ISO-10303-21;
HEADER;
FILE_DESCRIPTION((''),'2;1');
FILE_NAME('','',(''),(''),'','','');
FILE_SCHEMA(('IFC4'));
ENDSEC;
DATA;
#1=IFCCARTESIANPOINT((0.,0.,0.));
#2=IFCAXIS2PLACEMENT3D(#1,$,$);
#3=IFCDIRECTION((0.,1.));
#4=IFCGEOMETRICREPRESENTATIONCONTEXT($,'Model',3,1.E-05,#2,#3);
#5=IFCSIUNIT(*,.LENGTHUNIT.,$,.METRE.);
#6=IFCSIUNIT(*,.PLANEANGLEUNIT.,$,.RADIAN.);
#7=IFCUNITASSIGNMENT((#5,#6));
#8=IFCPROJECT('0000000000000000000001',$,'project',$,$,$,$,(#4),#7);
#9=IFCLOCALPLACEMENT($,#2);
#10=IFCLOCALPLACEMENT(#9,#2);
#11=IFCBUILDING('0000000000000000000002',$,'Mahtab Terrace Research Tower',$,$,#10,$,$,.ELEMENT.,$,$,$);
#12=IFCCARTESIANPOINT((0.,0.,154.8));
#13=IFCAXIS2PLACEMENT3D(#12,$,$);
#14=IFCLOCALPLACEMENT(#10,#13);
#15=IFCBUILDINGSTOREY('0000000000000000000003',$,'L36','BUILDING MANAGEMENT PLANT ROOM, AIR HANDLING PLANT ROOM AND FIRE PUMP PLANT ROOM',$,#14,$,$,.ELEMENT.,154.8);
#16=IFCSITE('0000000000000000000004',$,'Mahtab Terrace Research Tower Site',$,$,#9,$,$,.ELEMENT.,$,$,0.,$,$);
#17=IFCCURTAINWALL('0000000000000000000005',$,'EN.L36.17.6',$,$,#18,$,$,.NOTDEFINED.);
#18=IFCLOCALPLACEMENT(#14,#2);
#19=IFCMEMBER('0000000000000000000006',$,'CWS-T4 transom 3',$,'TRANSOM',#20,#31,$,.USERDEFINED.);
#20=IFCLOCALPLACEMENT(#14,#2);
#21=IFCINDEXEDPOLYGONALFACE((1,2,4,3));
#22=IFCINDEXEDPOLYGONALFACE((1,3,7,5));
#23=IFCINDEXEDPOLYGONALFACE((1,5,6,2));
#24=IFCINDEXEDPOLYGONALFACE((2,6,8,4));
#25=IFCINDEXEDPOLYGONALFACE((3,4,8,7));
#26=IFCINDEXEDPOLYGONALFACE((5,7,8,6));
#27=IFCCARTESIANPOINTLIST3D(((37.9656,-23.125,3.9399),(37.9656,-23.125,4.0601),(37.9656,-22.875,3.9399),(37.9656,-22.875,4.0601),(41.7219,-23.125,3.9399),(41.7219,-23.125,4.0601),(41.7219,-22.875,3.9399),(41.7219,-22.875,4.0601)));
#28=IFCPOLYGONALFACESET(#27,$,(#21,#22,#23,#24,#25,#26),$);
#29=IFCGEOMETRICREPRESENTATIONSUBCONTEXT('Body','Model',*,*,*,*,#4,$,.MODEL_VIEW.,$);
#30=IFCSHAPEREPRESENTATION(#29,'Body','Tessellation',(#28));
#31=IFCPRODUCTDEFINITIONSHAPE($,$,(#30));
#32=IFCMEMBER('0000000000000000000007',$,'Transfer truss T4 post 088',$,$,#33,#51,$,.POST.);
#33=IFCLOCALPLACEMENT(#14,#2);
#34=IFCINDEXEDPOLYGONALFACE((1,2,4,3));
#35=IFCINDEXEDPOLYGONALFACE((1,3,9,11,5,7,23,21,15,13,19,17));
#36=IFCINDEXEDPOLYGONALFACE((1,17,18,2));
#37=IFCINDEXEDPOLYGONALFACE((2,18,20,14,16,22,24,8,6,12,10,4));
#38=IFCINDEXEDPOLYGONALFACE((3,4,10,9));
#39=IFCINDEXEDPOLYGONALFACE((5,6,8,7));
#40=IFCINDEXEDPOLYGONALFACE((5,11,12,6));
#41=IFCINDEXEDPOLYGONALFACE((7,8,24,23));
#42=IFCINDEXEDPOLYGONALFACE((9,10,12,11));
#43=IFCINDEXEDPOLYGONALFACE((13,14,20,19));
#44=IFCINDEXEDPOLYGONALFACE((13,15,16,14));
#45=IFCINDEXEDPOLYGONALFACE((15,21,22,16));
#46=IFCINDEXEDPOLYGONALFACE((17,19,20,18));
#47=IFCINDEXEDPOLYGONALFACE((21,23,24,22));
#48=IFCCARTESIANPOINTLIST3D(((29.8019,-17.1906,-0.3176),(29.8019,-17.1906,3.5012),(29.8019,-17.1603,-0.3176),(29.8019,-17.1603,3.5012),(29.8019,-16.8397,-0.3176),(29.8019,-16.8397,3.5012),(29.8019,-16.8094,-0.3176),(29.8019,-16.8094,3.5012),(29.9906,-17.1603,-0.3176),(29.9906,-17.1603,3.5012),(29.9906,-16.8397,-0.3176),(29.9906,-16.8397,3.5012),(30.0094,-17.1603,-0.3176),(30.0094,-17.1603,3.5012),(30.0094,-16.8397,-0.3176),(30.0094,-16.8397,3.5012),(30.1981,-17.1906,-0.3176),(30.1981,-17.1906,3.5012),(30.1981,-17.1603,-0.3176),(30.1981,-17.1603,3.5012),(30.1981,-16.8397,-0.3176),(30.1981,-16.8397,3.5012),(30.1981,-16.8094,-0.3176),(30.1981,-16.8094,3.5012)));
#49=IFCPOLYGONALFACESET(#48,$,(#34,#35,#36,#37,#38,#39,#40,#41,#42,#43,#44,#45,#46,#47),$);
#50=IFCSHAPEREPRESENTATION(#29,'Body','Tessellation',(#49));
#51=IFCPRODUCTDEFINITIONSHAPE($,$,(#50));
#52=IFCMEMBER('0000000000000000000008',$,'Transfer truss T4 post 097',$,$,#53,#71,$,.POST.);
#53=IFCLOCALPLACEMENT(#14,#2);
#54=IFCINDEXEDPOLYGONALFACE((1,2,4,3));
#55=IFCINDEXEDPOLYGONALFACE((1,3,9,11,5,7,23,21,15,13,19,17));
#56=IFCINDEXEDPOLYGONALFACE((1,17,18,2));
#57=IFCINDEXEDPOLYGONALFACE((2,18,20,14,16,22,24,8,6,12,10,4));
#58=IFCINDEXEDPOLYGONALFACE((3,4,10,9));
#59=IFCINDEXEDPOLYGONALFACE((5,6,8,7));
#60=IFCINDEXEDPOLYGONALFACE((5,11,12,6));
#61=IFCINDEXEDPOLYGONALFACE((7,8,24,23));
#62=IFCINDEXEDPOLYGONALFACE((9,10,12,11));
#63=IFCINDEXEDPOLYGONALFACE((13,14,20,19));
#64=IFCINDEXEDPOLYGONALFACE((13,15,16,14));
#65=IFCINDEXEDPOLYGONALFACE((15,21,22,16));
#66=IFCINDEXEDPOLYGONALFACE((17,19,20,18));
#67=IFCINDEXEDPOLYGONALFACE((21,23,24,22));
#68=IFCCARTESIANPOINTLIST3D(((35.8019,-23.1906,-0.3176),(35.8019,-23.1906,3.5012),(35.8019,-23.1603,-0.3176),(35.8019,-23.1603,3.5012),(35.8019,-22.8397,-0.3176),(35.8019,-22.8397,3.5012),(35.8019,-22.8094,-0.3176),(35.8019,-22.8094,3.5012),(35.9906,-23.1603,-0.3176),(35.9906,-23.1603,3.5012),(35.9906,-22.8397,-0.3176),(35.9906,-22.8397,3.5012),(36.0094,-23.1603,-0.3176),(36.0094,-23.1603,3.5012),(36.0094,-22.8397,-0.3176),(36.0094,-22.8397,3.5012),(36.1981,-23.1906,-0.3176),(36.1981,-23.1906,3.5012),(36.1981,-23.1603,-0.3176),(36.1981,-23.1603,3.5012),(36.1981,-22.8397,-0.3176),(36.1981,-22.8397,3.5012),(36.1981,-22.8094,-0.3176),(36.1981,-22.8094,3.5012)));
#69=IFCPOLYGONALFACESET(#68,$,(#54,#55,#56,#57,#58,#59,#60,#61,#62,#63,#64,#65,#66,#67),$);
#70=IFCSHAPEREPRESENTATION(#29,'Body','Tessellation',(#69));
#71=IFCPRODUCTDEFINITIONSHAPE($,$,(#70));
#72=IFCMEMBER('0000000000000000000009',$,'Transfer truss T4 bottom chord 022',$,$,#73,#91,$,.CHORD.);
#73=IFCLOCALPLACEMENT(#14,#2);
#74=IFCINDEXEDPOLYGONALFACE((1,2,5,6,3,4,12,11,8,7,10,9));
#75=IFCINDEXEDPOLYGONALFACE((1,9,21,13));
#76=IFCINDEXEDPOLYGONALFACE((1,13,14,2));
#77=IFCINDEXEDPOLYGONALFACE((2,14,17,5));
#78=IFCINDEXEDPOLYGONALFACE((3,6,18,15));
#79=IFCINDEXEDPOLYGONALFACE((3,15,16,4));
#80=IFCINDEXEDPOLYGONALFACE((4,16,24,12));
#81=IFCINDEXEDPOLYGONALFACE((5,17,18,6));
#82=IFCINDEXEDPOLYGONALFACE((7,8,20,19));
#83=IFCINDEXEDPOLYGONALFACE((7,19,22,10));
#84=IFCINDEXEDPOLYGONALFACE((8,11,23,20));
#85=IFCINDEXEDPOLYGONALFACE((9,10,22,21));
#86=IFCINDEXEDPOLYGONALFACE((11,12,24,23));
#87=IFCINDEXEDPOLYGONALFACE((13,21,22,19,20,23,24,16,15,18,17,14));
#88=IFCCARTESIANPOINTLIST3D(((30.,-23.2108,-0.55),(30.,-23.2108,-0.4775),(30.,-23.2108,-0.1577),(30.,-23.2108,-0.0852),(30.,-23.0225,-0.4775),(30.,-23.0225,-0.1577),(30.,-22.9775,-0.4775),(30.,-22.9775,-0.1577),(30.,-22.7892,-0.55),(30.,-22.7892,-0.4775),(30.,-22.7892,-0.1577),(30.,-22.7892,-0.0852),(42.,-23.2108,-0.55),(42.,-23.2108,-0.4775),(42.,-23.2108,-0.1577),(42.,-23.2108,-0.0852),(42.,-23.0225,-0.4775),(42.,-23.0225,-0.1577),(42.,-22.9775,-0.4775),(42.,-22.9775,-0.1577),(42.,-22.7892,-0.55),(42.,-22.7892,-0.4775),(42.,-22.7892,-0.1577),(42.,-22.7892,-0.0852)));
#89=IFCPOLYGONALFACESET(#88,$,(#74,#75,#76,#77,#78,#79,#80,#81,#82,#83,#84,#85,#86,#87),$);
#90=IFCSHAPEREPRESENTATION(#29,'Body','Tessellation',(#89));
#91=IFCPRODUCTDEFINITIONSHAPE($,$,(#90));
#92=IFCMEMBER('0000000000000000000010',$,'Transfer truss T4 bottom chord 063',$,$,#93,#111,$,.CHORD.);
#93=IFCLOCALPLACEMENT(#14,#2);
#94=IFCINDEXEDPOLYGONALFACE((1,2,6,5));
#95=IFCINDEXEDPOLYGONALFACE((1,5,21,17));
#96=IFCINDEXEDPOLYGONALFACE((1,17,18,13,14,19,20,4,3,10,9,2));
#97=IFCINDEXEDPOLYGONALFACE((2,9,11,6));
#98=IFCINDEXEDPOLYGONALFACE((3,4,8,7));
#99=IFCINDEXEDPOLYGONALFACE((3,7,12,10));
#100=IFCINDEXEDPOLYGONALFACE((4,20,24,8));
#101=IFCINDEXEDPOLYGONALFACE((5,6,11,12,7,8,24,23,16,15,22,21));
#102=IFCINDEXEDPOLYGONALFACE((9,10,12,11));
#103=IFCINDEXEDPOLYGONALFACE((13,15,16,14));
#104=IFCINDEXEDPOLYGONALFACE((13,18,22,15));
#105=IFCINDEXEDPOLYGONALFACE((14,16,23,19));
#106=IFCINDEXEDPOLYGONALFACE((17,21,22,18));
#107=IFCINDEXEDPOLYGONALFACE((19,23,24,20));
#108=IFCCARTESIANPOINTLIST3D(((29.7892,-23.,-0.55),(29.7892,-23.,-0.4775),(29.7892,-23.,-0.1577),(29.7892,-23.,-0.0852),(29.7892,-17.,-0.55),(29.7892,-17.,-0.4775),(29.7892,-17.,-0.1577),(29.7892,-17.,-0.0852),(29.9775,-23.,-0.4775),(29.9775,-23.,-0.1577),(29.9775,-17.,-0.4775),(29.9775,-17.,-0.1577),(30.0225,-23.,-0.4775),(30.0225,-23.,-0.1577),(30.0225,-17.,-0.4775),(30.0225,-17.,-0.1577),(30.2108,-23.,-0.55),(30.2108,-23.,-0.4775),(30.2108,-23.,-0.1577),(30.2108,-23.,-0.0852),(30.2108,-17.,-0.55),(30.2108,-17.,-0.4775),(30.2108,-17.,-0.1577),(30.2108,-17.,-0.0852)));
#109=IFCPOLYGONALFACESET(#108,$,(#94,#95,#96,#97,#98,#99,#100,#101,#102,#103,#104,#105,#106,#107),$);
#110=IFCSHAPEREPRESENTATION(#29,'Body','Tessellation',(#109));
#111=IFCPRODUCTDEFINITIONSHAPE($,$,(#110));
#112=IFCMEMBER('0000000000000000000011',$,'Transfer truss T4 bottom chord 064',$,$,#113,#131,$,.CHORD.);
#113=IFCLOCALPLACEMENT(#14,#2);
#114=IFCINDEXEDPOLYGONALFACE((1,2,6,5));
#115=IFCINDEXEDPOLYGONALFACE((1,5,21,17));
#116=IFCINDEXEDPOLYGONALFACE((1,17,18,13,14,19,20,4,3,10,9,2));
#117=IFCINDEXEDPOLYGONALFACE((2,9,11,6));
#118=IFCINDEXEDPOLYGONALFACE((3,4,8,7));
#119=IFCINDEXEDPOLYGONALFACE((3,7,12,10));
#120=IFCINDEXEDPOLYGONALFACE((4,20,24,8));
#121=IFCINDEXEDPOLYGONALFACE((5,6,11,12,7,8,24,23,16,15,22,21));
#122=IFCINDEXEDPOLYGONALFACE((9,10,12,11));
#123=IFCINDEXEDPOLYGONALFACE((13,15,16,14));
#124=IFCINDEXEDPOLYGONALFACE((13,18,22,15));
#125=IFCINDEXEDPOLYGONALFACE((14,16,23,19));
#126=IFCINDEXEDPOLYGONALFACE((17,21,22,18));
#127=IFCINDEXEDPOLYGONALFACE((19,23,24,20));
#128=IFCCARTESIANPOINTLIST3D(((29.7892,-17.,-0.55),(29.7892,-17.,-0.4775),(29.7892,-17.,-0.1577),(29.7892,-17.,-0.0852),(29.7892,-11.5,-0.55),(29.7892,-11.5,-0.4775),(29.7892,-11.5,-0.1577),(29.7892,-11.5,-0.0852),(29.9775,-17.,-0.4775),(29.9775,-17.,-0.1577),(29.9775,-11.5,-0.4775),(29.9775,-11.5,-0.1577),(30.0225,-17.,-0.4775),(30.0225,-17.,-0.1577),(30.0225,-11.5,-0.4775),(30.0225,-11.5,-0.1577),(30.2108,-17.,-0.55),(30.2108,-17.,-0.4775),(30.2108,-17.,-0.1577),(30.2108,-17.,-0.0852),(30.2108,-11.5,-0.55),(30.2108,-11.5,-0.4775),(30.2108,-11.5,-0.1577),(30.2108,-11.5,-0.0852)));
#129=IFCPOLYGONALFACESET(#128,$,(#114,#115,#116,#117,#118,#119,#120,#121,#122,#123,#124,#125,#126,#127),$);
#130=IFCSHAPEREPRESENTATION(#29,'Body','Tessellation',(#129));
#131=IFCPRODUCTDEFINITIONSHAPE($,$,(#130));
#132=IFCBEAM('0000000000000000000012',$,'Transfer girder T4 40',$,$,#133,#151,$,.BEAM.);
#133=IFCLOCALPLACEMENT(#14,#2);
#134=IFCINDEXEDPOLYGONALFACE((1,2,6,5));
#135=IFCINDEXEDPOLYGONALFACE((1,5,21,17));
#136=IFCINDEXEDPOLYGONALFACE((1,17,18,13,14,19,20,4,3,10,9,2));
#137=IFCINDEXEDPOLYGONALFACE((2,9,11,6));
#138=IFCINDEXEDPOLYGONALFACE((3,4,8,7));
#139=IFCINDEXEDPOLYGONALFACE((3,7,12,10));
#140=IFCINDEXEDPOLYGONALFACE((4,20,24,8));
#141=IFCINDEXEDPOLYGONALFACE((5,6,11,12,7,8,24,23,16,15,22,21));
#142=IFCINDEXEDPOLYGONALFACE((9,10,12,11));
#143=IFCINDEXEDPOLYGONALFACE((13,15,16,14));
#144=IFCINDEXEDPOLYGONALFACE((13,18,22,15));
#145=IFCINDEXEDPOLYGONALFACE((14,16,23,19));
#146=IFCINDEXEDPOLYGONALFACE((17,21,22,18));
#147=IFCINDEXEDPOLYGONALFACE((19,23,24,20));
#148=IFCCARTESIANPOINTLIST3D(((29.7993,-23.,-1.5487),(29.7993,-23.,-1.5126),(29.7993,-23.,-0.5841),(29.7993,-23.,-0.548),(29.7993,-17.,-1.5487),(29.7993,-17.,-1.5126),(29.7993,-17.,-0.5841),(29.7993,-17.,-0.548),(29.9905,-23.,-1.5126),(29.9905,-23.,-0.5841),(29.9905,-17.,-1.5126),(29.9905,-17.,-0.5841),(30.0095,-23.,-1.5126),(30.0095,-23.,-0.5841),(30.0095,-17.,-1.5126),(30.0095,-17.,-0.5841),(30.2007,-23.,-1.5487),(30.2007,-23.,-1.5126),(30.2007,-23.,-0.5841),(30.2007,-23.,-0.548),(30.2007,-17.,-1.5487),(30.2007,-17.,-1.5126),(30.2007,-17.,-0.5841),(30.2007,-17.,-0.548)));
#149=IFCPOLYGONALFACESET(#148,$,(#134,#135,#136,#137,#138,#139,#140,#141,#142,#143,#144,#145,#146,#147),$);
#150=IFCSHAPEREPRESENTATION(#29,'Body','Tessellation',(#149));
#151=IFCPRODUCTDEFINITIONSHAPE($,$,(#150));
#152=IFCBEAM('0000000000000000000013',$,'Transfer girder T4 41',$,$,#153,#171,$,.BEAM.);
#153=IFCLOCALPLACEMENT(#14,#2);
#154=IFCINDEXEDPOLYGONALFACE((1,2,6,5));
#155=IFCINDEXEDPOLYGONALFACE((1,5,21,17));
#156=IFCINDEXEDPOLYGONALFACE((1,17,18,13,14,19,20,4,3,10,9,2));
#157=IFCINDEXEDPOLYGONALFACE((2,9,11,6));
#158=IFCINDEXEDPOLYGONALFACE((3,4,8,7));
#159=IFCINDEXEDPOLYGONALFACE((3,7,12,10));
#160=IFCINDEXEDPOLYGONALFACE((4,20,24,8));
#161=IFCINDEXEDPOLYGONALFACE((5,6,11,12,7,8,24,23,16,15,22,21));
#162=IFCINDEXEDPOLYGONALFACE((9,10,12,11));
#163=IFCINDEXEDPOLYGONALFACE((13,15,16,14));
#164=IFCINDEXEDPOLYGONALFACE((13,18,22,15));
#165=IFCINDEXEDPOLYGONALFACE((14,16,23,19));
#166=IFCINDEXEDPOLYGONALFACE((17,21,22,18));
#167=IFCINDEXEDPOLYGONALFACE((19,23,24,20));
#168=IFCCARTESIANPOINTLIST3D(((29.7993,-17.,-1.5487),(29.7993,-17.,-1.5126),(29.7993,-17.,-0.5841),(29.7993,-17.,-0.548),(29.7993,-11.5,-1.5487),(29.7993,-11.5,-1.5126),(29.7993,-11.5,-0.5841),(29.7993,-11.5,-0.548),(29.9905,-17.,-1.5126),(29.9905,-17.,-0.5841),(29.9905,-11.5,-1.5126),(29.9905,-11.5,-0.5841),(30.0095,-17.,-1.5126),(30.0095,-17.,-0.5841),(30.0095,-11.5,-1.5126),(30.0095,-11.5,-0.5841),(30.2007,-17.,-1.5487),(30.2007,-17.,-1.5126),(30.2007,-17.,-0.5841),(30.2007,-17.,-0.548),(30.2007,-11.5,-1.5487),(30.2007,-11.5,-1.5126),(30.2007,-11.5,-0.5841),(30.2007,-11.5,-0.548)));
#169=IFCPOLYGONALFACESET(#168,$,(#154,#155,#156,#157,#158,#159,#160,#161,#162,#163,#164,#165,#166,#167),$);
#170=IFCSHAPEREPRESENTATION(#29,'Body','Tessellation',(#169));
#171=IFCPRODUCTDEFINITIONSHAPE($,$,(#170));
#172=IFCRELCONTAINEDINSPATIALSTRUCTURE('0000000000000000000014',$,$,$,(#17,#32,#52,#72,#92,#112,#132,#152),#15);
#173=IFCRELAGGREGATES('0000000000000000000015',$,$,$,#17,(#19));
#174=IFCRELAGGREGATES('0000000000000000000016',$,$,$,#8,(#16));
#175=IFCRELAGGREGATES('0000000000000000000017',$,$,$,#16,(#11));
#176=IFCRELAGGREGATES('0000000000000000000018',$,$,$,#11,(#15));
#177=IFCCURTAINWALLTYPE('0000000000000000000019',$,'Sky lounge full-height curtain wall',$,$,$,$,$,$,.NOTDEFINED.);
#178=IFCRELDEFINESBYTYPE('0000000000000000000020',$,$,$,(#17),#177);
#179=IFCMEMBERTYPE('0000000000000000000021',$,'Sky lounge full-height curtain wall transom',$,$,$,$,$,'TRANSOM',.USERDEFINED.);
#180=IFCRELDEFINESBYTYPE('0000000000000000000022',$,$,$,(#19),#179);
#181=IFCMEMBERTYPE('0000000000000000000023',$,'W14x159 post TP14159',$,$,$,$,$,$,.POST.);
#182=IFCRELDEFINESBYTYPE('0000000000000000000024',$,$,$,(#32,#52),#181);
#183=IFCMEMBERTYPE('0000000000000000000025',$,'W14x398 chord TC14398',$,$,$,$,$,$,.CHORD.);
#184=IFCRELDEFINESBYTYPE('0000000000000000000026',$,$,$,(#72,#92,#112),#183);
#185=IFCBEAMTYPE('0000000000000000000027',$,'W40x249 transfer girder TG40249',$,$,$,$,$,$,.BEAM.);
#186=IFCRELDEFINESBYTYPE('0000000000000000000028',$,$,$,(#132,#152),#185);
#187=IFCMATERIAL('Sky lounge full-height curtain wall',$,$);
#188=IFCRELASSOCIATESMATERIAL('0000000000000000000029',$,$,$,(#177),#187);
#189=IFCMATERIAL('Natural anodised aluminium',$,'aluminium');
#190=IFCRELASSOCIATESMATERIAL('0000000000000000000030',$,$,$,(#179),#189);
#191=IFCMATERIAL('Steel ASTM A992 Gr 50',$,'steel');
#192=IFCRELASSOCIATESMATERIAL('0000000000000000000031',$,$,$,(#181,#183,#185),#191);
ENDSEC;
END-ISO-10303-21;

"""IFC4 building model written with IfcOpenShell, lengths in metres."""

from ifc_helpers import new_model, si_unit, direction, frame, origin, origin_2d, place, context, subcontext, project, spatial, rectangle, i_section, extrude, material, material_profile, profile_set, type_object, element, aggregate, save


model = new_model("IFC4")

# Units and contexts
model_context = context("Model", 3, precision=1e-05, world=origin(), true_north=direction((0.0, 1.0)))
body_context = subcontext(model_context, "Body", "Model", "MODEL_VIEW")
ifc_project = project(units=[si_unit("LENGTHUNIT", "METRE"), si_unit("PLANEANGLEUNIT", "RADIAN")], contexts=[model_context])

# Site, building, storey
site_placement = place(None, origin())
site = spatial("IfcSite", under=ifc_project, at=site_placement, Name="Mahtab Terrace Research Tower Site", CompositionType="ELEMENT", RefElevation=0.0)
building_placement = place(site_placement, origin())
building = spatial("IfcBuilding", under=site, at=building_placement, Name="Mahtab Terrace Research Tower", CompositionType="ELEMENT")
storey_placement = place(building_placement, frame((0.0, 0.0, 154.8)))
storey = spatial("IfcBuildingStorey", under=building, at=storey_placement, Name="L36", Description="BUILDING MANAGEMENT PLANT ROOM, AIR HANDLING PLANT ROOM AND FIRE PUMP PLANT ROOM", CompositionType="ELEMENT", Elevation=154.8)

# Shared definitions
ifc_material_1 = material(Name="Steel ASTM A992 Gr 50", Category="steel")

# Curtain wall, member
ifc_material_2 = material(Name="Sky lounge full-height curtain wall")
curtain_wall_type = type_object("IfcCurtainWallType", Name="Sky lounge full-height curtain wall", PredefinedType="NOTDEFINED", material=ifc_material_2)
curtain_wall_placement = place(storey_placement, origin())
curtain_wall = element("IfcCurtainWall", 1, at=curtain_wall_placement, inside=storey, type_object=curtain_wall_type, Name="EN.L36.17.6", PredefinedType="NOTDEFINED")
ifc_material_3 = material(Name="Natural anodised aluminium", Category="aluminium")
ifc_material_profile_1 = material_profile(ifc_material_3, rectangle(XDim=0.25, YDim=0.1201, at=origin_2d()), Name="TRANSOM 120x250")
ifc_profile_set_1 = profile_set([ifc_material_profile_1], Name="Natural anodised aluminium")
member_type_1 = type_object("IfcMemberType", Name="Sky lounge full-height curtain wall transom", ElementType="TRANSOM", PredefinedType="USERDEFINED", material=ifc_profile_set_1)
member_1_placement = place(storey_placement, frame((37.9656, -23.0, 4.0), z_axis=(1.0, 0.0, 0.0), x_axis=(0.0, 1.0, 0.0)))
member_1 = element("IfcMember", 2, at=member_1_placement, type_object=member_type_1, Name="CWS-T4 transom 3", ObjectType="TRANSOM", PredefinedType="USERDEFINED", context=body_context, shape_type="SweptSolid", body=[
    extrude(rectangle(XDim=0.25, YDim=0.1201, at=origin_2d()), origin(), (0.0, 0.0, 1.0), 3.7563),
])

# Members
ifc_material_profile_2 = material_profile(ifc_material_1, i_section(OverallWidth=0.3962, OverallDepth=0.3811, WebThickness=0.0188, FlangeThickness=0.0303, at=origin_2d()), Name="W14X159")
ifc_profile_set_2 = profile_set([ifc_material_profile_2], Name="Steel ASTM A992 Gr 50")
member_type_2 = type_object("IfcMemberType", Name="W14x159 post TP14159", PredefinedType="POST", material=ifc_profile_set_2)
for number, where, z_axis, x_axis, name in (
    (3, (30.0, -17.0, -0.3176), (0.0, 0.0, 1.0), (1.0, 0.0, 0.0), "Transfer truss T4 post 088"),
    (4, (36.0, -23.0, -0.3176), (0.0, 0.0, 1.0), (1.0, 0.0, 0.0), "Transfer truss T4 post 097"),
):
    element("IfcMember", number, at=place(storey_placement, frame(where, z_axis=z_axis, x_axis=x_axis)), inside=storey, type_object=member_type_2, Name=name, PredefinedType="POST", context=body_context, shape_type="SweptSolid", body=[
        extrude(i_section(OverallWidth=0.3962, OverallDepth=0.3811, WebThickness=0.0188, FlangeThickness=0.0303, at=origin_2d()), origin(), (0.0, 0.0, 1.0), 3.8188),
    ])
ifc_material_profile_3 = material_profile(ifc_material_1, i_section(OverallWidth=0.4216, OverallDepth=0.4648, WebThickness=0.0449, FlangeThickness=0.0725, at=origin_2d()), Name="W14X398")
ifc_profile_set_3 = profile_set([ifc_material_profile_3], Name="Steel ASTM A992 Gr 50")
member_type_3 = type_object("IfcMemberType", Name="W14x398 chord TC14398", PredefinedType="CHORD", material=ifc_profile_set_3)
member_2_placement = place(storey_placement, frame((30.0, -23.0, -0.3176), z_axis=(1.0, 0.0, 0.0), x_axis=(0.0, 1.0, 0.0)))
element("IfcMember", 5, at=member_2_placement, inside=storey, type_object=member_type_3, Name="Transfer truss T4 bottom chord 022", PredefinedType="CHORD", context=body_context, shape_type="SweptSolid", body=[
    extrude(i_section(OverallWidth=0.4216, OverallDepth=0.4648, WebThickness=0.0449, FlangeThickness=0.0725, at=origin_2d()), origin(), (0.0, 0.0, 1.0), 12.0),
])
member_3_placement = place(storey_placement, frame((30.0, -23.0, -0.3176), z_axis=(0.0, 1.0, 0.0), x_axis=(-1.0, 0.0, 0.0)))
element("IfcMember", 6, at=member_3_placement, inside=storey, type_object=member_type_3, Name="Transfer truss T4 bottom chord 063", PredefinedType="CHORD", context=body_context, shape_type="SweptSolid", body=[
    extrude(i_section(OverallWidth=0.4216, OverallDepth=0.4648, WebThickness=0.0449, FlangeThickness=0.0725, at=origin_2d()), origin(), (0.0, 0.0, 1.0), 6.0),
])
member_4_placement = place(storey_placement, frame((30.0, -17.0, -0.3176), z_axis=(0.0, 1.0, 0.0), x_axis=(-1.0, 0.0, 0.0)))
element("IfcMember", 7, at=member_4_placement, inside=storey, type_object=member_type_3, Name="Transfer truss T4 bottom chord 064", PredefinedType="CHORD", context=body_context, shape_type="SweptSolid", body=[
    extrude(i_section(OverallWidth=0.4216, OverallDepth=0.4648, WebThickness=0.0449, FlangeThickness=0.0725, at=origin_2d()), origin(), (0.0, 0.0, 1.0), 5.5),
])

# Beams
ifc_material_profile_4 = material_profile(ifc_material_1, i_section(OverallWidth=0.4014, OverallDepth=1.0007, WebThickness=0.019, FlangeThickness=0.0361, at=origin_2d()), Name="W40X249")
ifc_profile_set_4 = profile_set([ifc_material_profile_4], Name="Steel ASTM A992 Gr 50")
beam_type = type_object("IfcBeamType", Name="W40x249 transfer girder TG40249", PredefinedType="BEAM", material=ifc_profile_set_4)
beam_1_placement = place(storey_placement, frame((30.0, -23.0, -1.0483), z_axis=(0.0, 1.0, 0.0), x_axis=(-1.0, 0.0, 0.0)))
element("IfcBeam", 8, at=beam_1_placement, inside=storey, type_object=beam_type, Name="Transfer girder T4 40", PredefinedType="BEAM", context=body_context, shape_type="SweptSolid", body=[
    extrude(i_section(OverallWidth=0.4014, OverallDepth=1.0007, WebThickness=0.019, FlangeThickness=0.0361, at=origin_2d()), origin(), (0.0, 0.0, 1.0), 6.0),
])
beam_2_placement = place(storey_placement, frame((30.0, -17.0, -1.0483), z_axis=(0.0, 1.0, 0.0), x_axis=(-1.0, 0.0, 0.0)))
element("IfcBeam", 9, at=beam_2_placement, inside=storey, type_object=beam_type, Name="Transfer girder T4 41", PredefinedType="BEAM", context=body_context, shape_type="SweptSolid", body=[
    extrude(i_section(OverallWidth=0.4014, OverallDepth=1.0007, WebThickness=0.019, FlangeThickness=0.0361, at=origin_2d()), origin(), (0.0, 0.0, 1.0), 5.5),
])

aggregate(curtain_wall, [member_1])

save(model, "model.ifc")
